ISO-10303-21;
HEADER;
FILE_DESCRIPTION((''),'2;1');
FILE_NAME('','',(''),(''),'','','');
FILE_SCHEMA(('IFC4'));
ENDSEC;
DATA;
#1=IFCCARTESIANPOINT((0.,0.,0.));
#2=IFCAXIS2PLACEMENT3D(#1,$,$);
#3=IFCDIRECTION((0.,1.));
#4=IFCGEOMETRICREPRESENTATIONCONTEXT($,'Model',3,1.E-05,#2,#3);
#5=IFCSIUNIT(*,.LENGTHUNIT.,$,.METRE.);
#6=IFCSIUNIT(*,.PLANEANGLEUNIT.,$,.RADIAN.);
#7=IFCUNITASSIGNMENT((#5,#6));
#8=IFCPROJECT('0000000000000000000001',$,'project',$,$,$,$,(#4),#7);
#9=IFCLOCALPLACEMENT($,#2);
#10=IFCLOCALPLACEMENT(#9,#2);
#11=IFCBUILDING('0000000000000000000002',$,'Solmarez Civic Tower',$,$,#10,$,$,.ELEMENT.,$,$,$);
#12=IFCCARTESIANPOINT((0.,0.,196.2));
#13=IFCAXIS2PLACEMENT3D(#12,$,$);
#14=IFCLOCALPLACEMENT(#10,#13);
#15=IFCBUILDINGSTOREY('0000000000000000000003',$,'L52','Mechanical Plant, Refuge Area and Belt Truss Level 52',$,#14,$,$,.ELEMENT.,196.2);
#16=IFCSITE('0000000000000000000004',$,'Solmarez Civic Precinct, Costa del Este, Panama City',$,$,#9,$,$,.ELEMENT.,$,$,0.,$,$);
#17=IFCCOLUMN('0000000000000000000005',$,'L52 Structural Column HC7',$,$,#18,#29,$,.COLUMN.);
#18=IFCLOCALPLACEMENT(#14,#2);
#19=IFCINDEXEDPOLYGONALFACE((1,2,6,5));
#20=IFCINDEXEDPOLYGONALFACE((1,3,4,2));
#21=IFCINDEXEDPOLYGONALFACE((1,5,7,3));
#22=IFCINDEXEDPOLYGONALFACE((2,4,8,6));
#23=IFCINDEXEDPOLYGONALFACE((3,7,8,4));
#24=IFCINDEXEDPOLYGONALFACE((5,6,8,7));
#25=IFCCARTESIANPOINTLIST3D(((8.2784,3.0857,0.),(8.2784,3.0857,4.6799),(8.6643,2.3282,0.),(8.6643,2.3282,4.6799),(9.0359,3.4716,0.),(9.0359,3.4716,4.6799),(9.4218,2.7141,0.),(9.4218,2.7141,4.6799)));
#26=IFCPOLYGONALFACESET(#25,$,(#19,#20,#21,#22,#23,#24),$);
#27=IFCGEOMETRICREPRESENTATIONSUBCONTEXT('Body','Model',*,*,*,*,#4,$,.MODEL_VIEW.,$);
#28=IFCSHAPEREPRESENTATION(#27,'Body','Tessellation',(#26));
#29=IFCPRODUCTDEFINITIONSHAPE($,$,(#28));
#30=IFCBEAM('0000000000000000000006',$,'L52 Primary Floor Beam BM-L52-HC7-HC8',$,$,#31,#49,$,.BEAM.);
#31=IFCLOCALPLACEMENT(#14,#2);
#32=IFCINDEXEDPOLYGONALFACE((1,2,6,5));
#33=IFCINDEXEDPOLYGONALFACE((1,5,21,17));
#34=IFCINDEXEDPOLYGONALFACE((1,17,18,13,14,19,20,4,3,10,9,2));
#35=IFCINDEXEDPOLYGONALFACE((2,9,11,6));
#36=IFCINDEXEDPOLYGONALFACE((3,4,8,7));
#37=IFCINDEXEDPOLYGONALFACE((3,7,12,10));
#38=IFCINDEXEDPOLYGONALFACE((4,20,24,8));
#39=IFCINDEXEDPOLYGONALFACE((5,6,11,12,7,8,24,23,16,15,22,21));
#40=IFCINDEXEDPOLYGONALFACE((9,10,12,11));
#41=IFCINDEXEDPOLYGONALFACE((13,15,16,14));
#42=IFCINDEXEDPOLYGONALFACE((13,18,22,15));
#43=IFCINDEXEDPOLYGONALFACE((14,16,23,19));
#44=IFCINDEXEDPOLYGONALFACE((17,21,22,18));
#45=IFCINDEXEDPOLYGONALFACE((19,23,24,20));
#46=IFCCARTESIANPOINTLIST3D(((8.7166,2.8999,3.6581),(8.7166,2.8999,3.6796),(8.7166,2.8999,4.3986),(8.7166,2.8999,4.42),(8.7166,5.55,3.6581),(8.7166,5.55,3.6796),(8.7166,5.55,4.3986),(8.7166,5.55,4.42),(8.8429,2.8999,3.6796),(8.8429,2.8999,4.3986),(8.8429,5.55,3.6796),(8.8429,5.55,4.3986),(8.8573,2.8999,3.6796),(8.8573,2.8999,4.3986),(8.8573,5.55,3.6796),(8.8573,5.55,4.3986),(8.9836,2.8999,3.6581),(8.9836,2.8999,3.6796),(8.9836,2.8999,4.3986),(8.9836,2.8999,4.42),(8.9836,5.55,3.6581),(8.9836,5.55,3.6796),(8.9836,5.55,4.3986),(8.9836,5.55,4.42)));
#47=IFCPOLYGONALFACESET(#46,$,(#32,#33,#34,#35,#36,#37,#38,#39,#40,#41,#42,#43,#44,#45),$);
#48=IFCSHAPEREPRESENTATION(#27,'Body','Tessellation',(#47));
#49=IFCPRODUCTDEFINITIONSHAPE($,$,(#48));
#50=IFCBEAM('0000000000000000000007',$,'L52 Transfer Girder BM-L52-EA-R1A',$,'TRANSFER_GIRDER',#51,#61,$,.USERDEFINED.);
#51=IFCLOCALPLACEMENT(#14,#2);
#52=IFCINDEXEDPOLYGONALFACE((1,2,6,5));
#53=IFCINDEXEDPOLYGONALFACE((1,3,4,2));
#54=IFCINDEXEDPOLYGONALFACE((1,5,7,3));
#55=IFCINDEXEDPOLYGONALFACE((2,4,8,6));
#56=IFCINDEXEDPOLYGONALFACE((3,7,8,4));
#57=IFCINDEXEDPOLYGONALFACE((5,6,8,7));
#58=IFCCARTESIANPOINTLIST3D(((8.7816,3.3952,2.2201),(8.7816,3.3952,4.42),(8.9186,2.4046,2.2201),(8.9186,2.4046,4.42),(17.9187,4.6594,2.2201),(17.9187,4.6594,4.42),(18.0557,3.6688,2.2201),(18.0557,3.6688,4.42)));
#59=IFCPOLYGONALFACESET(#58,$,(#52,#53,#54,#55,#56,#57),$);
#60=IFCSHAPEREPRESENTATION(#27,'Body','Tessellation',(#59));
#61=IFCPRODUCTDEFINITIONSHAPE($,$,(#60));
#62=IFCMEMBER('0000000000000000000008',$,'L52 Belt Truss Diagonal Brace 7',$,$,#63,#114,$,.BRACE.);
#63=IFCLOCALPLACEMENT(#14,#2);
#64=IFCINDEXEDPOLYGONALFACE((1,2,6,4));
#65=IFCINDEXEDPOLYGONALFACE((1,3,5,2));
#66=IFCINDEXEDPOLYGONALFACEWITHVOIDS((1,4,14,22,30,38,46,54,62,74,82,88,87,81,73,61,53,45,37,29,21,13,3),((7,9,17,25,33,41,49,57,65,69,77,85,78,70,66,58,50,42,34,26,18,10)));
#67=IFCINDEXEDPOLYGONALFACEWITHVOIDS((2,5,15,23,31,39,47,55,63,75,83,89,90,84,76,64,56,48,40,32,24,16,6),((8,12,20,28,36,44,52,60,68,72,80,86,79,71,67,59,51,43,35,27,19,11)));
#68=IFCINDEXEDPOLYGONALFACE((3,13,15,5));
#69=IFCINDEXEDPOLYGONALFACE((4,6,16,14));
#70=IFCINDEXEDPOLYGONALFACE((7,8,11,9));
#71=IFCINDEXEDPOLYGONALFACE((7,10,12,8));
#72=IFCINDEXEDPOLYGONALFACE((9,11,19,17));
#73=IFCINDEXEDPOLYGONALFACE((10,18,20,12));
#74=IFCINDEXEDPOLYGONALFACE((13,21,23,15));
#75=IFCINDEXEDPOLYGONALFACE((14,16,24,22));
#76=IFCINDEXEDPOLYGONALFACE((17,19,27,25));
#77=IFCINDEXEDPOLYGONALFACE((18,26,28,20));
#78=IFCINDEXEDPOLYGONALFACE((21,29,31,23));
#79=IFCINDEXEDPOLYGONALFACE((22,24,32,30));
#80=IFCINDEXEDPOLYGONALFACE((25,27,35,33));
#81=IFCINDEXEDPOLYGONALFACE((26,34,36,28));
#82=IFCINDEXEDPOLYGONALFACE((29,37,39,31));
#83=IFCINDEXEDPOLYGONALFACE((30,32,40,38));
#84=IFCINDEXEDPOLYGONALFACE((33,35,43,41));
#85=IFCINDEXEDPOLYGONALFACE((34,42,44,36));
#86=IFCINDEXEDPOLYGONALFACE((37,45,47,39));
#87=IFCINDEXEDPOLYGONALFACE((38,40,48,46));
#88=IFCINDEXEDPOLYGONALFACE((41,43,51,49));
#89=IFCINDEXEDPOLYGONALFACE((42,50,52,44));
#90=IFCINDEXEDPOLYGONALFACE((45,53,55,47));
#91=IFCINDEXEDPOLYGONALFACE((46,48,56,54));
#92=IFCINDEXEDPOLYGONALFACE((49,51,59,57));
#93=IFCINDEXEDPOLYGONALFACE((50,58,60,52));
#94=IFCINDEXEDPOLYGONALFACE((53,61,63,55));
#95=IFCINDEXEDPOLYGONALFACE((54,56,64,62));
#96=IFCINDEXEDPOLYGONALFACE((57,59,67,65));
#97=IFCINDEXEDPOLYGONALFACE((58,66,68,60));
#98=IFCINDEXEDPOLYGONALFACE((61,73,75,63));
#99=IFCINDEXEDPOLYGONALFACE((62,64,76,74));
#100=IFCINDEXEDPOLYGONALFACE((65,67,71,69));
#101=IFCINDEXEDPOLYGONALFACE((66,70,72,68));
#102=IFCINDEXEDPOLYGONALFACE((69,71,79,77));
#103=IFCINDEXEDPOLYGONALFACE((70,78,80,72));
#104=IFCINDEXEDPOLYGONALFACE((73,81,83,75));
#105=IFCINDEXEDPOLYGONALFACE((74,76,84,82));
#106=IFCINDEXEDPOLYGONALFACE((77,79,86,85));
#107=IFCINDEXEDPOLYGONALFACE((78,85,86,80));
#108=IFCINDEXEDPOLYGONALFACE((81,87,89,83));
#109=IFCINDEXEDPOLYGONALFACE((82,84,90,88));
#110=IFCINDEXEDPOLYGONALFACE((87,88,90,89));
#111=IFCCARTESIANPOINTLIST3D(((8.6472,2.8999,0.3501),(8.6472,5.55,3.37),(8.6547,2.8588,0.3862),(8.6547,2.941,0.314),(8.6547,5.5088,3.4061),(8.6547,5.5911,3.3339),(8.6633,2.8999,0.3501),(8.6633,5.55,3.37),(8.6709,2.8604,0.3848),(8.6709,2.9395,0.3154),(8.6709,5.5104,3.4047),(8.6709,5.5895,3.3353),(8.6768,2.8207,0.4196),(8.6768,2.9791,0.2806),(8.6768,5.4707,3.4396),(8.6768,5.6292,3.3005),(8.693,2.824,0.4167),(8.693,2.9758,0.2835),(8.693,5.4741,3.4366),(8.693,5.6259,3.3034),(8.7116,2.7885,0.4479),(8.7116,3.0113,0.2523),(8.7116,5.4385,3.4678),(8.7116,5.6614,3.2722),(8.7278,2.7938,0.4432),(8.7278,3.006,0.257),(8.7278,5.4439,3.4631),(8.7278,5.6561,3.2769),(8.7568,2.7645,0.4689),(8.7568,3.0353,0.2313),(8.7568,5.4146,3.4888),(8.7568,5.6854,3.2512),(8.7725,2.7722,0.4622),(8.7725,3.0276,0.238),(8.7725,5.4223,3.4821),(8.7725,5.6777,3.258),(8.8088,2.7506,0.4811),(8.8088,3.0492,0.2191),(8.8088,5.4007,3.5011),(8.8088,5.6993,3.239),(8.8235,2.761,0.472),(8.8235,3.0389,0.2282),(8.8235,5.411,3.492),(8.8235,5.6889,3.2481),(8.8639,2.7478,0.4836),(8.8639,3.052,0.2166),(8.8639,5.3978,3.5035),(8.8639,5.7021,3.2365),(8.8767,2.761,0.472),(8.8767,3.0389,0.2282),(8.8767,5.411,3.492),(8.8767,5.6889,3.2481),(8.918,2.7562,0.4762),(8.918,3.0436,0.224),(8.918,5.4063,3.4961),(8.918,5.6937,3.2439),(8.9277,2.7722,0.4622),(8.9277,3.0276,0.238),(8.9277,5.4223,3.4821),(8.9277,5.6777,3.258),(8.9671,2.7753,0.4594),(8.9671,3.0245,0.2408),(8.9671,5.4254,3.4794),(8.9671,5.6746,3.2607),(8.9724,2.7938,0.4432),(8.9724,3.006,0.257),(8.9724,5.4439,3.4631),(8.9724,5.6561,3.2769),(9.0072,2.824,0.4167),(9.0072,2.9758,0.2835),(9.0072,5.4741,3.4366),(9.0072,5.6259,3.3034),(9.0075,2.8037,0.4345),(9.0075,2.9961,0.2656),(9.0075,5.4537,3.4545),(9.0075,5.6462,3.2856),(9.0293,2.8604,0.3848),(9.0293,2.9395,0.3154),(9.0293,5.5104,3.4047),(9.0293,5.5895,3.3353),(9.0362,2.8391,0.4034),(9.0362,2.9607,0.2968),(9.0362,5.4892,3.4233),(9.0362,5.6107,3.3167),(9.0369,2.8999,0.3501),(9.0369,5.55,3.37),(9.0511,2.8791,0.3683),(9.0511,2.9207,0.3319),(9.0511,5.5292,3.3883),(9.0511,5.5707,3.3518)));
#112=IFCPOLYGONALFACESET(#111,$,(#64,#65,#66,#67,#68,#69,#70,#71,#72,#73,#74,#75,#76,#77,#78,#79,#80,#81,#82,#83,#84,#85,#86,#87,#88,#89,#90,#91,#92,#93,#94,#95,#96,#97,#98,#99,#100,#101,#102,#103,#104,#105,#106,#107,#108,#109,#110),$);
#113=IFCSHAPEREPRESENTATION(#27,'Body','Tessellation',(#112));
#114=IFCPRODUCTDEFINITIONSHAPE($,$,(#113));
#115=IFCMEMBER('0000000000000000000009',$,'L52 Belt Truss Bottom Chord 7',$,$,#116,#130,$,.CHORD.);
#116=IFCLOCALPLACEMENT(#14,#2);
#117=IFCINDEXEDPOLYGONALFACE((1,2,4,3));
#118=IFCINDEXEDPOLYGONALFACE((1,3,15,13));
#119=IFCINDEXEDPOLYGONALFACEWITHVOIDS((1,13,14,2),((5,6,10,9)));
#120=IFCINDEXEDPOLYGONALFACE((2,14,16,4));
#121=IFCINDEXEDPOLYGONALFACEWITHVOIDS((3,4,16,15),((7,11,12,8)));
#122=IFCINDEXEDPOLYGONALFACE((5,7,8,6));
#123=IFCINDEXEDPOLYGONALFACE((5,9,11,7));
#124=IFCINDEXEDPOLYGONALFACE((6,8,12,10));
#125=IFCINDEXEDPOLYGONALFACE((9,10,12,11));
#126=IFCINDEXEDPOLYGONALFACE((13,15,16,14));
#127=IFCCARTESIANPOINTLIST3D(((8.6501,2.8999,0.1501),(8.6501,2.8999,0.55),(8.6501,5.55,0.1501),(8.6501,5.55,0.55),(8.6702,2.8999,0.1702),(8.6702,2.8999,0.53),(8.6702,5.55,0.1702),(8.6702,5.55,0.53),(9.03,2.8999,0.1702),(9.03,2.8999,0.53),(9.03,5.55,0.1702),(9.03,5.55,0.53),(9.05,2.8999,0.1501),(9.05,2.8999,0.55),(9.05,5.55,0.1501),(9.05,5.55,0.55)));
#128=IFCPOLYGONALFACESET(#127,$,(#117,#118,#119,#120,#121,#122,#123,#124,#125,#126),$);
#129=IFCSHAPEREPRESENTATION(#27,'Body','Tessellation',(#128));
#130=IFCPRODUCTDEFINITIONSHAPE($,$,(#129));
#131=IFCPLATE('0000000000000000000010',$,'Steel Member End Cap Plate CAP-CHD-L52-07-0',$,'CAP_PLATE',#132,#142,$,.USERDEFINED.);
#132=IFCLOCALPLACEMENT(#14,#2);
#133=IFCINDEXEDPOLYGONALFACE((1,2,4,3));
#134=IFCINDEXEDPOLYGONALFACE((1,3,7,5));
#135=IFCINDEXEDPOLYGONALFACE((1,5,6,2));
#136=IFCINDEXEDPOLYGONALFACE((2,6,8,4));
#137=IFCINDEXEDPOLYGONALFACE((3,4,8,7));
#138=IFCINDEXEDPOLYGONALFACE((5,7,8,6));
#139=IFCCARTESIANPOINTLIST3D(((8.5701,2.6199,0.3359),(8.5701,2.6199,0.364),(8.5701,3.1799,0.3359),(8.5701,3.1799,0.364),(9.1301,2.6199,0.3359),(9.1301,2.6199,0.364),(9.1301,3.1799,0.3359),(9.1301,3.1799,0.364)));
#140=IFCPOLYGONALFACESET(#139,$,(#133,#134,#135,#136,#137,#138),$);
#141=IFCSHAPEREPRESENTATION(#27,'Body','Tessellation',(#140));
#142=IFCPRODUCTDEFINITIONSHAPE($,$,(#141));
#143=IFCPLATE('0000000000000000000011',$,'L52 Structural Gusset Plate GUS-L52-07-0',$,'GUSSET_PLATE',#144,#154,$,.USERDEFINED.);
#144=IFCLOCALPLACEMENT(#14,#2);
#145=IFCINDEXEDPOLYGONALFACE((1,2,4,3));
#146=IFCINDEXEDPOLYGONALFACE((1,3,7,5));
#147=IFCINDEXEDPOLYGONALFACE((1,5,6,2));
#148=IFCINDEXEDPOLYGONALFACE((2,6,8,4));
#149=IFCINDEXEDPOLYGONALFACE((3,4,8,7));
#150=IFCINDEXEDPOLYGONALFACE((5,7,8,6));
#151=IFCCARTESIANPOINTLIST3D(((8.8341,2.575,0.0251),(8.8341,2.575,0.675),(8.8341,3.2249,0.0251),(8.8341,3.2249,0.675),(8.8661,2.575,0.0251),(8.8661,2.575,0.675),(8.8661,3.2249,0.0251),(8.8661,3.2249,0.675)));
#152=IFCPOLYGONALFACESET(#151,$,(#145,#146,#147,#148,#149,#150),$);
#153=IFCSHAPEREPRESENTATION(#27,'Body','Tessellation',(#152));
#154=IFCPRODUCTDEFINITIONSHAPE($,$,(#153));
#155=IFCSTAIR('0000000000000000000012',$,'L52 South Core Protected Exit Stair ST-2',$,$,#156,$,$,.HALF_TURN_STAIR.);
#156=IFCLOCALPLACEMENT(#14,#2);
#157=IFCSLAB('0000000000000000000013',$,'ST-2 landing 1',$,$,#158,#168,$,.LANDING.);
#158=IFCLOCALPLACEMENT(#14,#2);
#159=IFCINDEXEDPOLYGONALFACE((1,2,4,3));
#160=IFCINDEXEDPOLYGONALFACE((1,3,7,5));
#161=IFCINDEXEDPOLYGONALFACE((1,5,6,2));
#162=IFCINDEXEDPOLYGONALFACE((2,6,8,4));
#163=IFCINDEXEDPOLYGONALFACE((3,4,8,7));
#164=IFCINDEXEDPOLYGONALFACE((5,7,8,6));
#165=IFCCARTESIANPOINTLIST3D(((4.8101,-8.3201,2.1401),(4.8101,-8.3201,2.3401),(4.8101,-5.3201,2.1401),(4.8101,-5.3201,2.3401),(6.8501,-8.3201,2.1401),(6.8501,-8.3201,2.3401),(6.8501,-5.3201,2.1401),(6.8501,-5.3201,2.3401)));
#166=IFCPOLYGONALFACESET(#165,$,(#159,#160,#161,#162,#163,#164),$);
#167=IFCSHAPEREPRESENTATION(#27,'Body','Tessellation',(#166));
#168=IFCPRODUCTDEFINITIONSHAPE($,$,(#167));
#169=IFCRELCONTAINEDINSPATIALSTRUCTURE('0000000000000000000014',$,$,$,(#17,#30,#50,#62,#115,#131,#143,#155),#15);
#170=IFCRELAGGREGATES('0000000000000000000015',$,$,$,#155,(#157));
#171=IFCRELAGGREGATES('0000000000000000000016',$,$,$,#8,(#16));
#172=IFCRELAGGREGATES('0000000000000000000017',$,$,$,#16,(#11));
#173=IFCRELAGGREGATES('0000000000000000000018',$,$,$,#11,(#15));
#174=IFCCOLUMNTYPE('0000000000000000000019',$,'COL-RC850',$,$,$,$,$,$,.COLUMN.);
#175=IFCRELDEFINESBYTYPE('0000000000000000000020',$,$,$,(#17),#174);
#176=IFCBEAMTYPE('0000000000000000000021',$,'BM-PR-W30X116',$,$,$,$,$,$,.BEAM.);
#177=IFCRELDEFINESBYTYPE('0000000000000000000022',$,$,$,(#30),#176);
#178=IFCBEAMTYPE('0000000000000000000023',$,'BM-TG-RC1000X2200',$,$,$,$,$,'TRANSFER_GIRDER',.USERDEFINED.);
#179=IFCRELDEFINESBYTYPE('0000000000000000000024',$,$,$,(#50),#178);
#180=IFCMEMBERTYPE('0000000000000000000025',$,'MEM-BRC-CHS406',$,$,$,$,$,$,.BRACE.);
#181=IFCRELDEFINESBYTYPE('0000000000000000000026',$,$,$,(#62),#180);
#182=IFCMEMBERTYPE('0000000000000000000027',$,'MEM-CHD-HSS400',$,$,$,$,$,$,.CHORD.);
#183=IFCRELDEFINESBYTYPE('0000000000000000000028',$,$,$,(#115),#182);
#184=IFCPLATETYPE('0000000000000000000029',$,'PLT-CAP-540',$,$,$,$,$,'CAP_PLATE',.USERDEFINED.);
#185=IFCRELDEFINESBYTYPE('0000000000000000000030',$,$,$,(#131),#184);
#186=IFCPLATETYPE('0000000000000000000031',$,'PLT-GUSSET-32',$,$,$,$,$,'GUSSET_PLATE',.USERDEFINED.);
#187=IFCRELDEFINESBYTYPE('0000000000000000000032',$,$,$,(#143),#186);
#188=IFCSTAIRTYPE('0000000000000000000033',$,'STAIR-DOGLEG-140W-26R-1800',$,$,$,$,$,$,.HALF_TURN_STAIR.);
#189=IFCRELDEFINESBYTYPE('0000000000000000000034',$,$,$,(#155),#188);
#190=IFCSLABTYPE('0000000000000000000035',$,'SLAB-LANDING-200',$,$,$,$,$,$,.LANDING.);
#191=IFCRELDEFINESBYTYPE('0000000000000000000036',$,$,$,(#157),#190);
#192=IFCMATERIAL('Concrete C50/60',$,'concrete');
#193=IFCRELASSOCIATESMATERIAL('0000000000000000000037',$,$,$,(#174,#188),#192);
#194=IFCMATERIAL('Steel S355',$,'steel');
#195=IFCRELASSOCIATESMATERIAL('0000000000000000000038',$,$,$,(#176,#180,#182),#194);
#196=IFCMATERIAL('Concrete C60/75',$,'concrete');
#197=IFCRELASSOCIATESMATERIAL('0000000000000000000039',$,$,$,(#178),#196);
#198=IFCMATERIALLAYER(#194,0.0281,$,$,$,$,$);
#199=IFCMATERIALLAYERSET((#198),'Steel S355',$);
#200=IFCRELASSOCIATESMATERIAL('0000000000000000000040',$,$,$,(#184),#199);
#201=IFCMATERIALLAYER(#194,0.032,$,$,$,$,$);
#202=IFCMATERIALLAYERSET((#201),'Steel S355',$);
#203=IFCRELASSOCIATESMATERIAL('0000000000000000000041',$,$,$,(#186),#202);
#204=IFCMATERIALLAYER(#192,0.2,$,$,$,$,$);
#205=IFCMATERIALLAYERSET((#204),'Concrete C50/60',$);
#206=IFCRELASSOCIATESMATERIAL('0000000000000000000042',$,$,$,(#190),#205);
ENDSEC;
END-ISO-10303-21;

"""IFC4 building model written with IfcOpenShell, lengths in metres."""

from ifc_helpers import new_model, si_unit, direction, frame, origin, origin_2d, place, context, subcontext, project, spatial, polyline, rectangle, hollow_rectangle, hollow_circle, i_section, outline, extrude, material, layer, layer_set, material_profile, profile_set, type_object, element, aggregate, save


model = new_model("IFC4")

# Units and contexts
model_context = context("Model", 3, precision=1e-05, world=origin(), true_north=direction((0.0, 1.0)))
body_context = subcontext(model_context, "Body", "Model", "MODEL_VIEW")
ifc_project = project(units=[si_unit("LENGTHUNIT", "METRE"), si_unit("PLANEANGLEUNIT", "RADIAN")], contexts=[model_context])

# Site, building, storey
site_placement = place(None, origin())
site = spatial("IfcSite", under=ifc_project, at=site_placement, Name="Solmarez Civic Precinct, Costa del Este, Panama City", CompositionType="ELEMENT", RefElevation=0.0)
building_placement = place(site_placement, origin())
building = spatial("IfcBuilding", under=site, at=building_placement, Name="Solmarez Civic Tower", CompositionType="ELEMENT")
storey_placement = place(building_placement, frame((0.0, 0.0, 196.2)))
storey = spatial("IfcBuildingStorey", under=building, at=storey_placement, Name="L52", Description="Mechanical Plant, Refuge Area and Belt Truss Level 52", CompositionType="ELEMENT", Elevation=196.2)

# Column
ifc_material_1 = material(Name="Concrete C50/60", Category="concrete")
ifc_material_profile_1 = material_profile(ifc_material_1, rectangle(XDim=0.8501, YDim=0.8501, at=origin_2d()), Name="RC850X850")
ifc_profile_set_1 = profile_set([ifc_material_profile_1], Name="Concrete C50/60")
column_type = type_object("IfcColumnType", Name="COL-RC850", PredefinedType="COLUMN", material=ifc_profile_set_1)
column_placement = place(storey_placement, frame((8.8501, 2.8999, 0.0), z_axis=(0.0, 0.0, 1.0), x_axis=(0.891007, 0.45399, 0.0)))
element("IfcColumn", 1, at=column_placement, inside=storey, type_object=column_type, Name="L52 Structural Column HC7", PredefinedType="COLUMN", context=body_context, shape_type="SweptSolid", body=[
    extrude(rectangle(XDim=0.8501, YDim=0.8501, at=origin_2d()), origin(), (0.0, 0.0, 1.0), 4.6799),
])

# Beams
ifc_material_2 = material(Name="Steel S355", Category="steel")
ifc_material_profile_2 = material_profile(ifc_material_2, i_section(OverallWidth=0.2671, OverallDepth=0.762, WebThickness=0.0144, FlangeThickness=0.0215, at=origin_2d()), Name="W30X116")
ifc_profile_set_2 = profile_set([ifc_material_profile_2], Name="Steel S355")
beam_type_1 = type_object("IfcBeamType", Name="BM-PR-W30X116", PredefinedType="BEAM", material=ifc_profile_set_2)
beam_1_placement = place(storey_placement, frame((8.8501, 2.8999, 4.0391), z_axis=(0.0, 1.0, 0.0), x_axis=(-1.0, 0.0, 0.0)))
element("IfcBeam", 2, at=beam_1_placement, inside=storey, type_object=beam_type_1, Name="L52 Primary Floor Beam BM-L52-HC7-HC8", PredefinedType="BEAM", context=body_context, shape_type="SweptSolid", body=[
    extrude(i_section(OverallWidth=0.2671, OverallDepth=0.762, WebThickness=0.0144, FlangeThickness=0.0215, at=origin_2d()), origin(), (0.0, 0.0, 1.0), 2.6501),
])
ifc_material_3 = material(Name="Concrete C60/75", Category="concrete")
ifc_material_profile_3 = material_profile(ifc_material_3, rectangle(XDim=1.0, YDim=2.2, at=origin_2d()), Name="RC1000X2200")
ifc_profile_set_3 = profile_set([ifc_material_profile_3], Name="Concrete C60/75")
beam_type_2 = type_object("IfcBeamType", Name="BM-TG-RC1000X2200", ElementType="TRANSFER_GIRDER", PredefinedType="USERDEFINED", material=ifc_profile_set_3)
beam_2_placement = place(storey_placement, frame((8.8501, 2.8999, 3.3201), z_axis=(0.990564, 0.137051, 0.0), x_axis=(-0.137051, 0.990564, 0.0)))
element("IfcBeam", 3, at=beam_2_placement, inside=storey, type_object=beam_type_2, Name="L52 Transfer Girder BM-L52-EA-R1A", ObjectType="TRANSFER_GIRDER", PredefinedType="USERDEFINED", context=body_context, shape_type="SweptSolid", body=[
    extrude(rectangle(XDim=1.0, YDim=2.2, at=origin_2d()), origin(), (0.0, 0.0, 1.0), 9.2241),
])

# Members
ifc_material_profile_4 = material_profile(ifc_material_2, hollow_circle(Radius=0.2029, WallThickness=0.0161, at=origin_2d()), Name="CHS406X16")
ifc_profile_set_4 = profile_set([ifc_material_profile_4], Name="Steel S355")
member_type_1 = type_object("IfcMemberType", Name="MEM-BRC-CHS406", PredefinedType="BRACE", material=ifc_profile_set_4)
member_1_placement = place(storey_placement, frame((8.8501, 2.8999, 0.3501), z_axis=(0.0, 0.659579, 0.751635), x_axis=(-1.0, 0.0, 0.0)))
element("IfcMember", 4, at=member_1_placement, inside=storey, type_object=member_type_1, Name="L52 Belt Truss Diagonal Brace 7", PredefinedType="BRACE", context=body_context, shape_type="SweptSolid", body=[
    extrude(hollow_circle(Radius=0.2029, WallThickness=0.0161, at=origin_2d()), origin(), (0.0, 0.0, 1.0), 4.0178),
])
ifc_material_profile_5 = material_profile(ifc_material_2, hollow_rectangle(XDim=0.3999, YDim=0.3999, WallThickness=0.02, at=origin_2d()), Name="HSS400X400X20")
ifc_profile_set_5 = profile_set([ifc_material_profile_5], Name="Steel S355")
member_type_2 = type_object("IfcMemberType", Name="MEM-CHD-HSS400", PredefinedType="CHORD", material=ifc_profile_set_5)
member_2_placement = place(storey_placement, frame((8.8501, 2.8999, 0.3501), z_axis=(0.0, 1.0, 0.0), x_axis=(-1.0, 0.0, 0.0)))
element("IfcMember", 5, at=member_2_placement, inside=storey, type_object=member_type_2, Name="L52 Belt Truss Bottom Chord 7", PredefinedType="CHORD", context=body_context, shape_type="SweptSolid", body=[
    extrude(hollow_rectangle(XDim=0.3999, YDim=0.3999, WallThickness=0.02, at=origin_2d()), origin(), (0.0, 0.0, 1.0), 2.6501),
])

# Plates
ifc_layer_1 = layer(ifc_material_2, 0.0281)
ifc_layer_set_1 = layer_set([ifc_layer_1], Name="Steel S355")
plate_type_1 = type_object("IfcPlateType", Name="PLT-CAP-540", ElementType="CAP_PLATE", PredefinedType="USERDEFINED", material=ifc_layer_set_1)
plate_1_placement = place(storey_placement, frame((8.8501, 2.8999, 0.3359), z_axis=(0.0, 0.0, 1.0), x_axis=(1.0, 0.0, 0.0)))
element("IfcPlate", 6, at=plate_1_placement, inside=storey, type_object=plate_type_1, Name="Steel Member End Cap Plate CAP-CHD-L52-07-0", ObjectType="CAP_PLATE", PredefinedType="USERDEFINED", context=body_context, shape_type="SweptSolid", body=[
    extrude(rectangle(XDim=0.5601, YDim=0.5601, at=origin_2d()), origin(), (0.0, 0.0, 1.0), 0.0281),
])
ifc_layer_2 = layer(ifc_material_2, 0.032)
ifc_layer_set_2 = layer_set([ifc_layer_2], Name="Steel S355")
plate_type_2 = type_object("IfcPlateType", Name="PLT-GUSSET-32", ElementType="GUSSET_PLATE", PredefinedType="USERDEFINED", material=ifc_layer_set_2)
plate_2_placement = place(storey_placement, frame((8.8501, 2.8999, 0.0251), z_axis=(0.0, 0.0, 1.0), x_axis=(0.0, 1.0, 0.0)))
element("IfcPlate", 7, at=plate_2_placement, inside=storey, type_object=plate_type_2, Name="L52 Structural Gusset Plate GUS-L52-07-0", ObjectType="GUSSET_PLATE", PredefinedType="USERDEFINED", context=body_context, shape_type="SweptSolid", body=[
    extrude(rectangle(XDim=0.6499, YDim=0.032, at=origin_2d()), origin(), (0.0, 0.0, 1.0), 0.6499),
])

# Stair, slab
stair_type = type_object("IfcStairType", Name="STAIR-DOGLEG-140W-26R-1800", PredefinedType="HALF_TURN_STAIR", material=ifc_material_1)
stair_placement = place(storey_placement, origin())
stair = element("IfcStair", 8, at=stair_placement, inside=storey, type_object=stair_type, Name="L52 South Core Protected Exit Stair ST-2", PredefinedType="HALF_TURN_STAIR")
ifc_layer_3 = layer(ifc_material_1, 0.2)
ifc_layer_set_3 = layer_set([ifc_layer_3], Name="Concrete C50/60")
slab_type = type_object("IfcSlabType", Name="SLAB-LANDING-200", PredefinedType="LANDING", material=ifc_layer_set_3)
slab_placement = place(storey_placement, frame((0.0, 0.0, 2.1401)))
slab = element("IfcSlab", 9, at=slab_placement, type_object=slab_type, Name="ST-2 landing 1", PredefinedType="LANDING", context=body_context, shape_type="SweptSolid", body=[
    extrude(outline(polyline([(4.8101, -8.3201), (6.8501, -8.3201), (6.8501, -5.3201), (4.8101, -5.3201), (4.8101, -8.3201)])), origin(), (0.0, 0.0, 1.0), 0.2),
])
aggregate(stair, [slab])

save(model, "model.ifc")
